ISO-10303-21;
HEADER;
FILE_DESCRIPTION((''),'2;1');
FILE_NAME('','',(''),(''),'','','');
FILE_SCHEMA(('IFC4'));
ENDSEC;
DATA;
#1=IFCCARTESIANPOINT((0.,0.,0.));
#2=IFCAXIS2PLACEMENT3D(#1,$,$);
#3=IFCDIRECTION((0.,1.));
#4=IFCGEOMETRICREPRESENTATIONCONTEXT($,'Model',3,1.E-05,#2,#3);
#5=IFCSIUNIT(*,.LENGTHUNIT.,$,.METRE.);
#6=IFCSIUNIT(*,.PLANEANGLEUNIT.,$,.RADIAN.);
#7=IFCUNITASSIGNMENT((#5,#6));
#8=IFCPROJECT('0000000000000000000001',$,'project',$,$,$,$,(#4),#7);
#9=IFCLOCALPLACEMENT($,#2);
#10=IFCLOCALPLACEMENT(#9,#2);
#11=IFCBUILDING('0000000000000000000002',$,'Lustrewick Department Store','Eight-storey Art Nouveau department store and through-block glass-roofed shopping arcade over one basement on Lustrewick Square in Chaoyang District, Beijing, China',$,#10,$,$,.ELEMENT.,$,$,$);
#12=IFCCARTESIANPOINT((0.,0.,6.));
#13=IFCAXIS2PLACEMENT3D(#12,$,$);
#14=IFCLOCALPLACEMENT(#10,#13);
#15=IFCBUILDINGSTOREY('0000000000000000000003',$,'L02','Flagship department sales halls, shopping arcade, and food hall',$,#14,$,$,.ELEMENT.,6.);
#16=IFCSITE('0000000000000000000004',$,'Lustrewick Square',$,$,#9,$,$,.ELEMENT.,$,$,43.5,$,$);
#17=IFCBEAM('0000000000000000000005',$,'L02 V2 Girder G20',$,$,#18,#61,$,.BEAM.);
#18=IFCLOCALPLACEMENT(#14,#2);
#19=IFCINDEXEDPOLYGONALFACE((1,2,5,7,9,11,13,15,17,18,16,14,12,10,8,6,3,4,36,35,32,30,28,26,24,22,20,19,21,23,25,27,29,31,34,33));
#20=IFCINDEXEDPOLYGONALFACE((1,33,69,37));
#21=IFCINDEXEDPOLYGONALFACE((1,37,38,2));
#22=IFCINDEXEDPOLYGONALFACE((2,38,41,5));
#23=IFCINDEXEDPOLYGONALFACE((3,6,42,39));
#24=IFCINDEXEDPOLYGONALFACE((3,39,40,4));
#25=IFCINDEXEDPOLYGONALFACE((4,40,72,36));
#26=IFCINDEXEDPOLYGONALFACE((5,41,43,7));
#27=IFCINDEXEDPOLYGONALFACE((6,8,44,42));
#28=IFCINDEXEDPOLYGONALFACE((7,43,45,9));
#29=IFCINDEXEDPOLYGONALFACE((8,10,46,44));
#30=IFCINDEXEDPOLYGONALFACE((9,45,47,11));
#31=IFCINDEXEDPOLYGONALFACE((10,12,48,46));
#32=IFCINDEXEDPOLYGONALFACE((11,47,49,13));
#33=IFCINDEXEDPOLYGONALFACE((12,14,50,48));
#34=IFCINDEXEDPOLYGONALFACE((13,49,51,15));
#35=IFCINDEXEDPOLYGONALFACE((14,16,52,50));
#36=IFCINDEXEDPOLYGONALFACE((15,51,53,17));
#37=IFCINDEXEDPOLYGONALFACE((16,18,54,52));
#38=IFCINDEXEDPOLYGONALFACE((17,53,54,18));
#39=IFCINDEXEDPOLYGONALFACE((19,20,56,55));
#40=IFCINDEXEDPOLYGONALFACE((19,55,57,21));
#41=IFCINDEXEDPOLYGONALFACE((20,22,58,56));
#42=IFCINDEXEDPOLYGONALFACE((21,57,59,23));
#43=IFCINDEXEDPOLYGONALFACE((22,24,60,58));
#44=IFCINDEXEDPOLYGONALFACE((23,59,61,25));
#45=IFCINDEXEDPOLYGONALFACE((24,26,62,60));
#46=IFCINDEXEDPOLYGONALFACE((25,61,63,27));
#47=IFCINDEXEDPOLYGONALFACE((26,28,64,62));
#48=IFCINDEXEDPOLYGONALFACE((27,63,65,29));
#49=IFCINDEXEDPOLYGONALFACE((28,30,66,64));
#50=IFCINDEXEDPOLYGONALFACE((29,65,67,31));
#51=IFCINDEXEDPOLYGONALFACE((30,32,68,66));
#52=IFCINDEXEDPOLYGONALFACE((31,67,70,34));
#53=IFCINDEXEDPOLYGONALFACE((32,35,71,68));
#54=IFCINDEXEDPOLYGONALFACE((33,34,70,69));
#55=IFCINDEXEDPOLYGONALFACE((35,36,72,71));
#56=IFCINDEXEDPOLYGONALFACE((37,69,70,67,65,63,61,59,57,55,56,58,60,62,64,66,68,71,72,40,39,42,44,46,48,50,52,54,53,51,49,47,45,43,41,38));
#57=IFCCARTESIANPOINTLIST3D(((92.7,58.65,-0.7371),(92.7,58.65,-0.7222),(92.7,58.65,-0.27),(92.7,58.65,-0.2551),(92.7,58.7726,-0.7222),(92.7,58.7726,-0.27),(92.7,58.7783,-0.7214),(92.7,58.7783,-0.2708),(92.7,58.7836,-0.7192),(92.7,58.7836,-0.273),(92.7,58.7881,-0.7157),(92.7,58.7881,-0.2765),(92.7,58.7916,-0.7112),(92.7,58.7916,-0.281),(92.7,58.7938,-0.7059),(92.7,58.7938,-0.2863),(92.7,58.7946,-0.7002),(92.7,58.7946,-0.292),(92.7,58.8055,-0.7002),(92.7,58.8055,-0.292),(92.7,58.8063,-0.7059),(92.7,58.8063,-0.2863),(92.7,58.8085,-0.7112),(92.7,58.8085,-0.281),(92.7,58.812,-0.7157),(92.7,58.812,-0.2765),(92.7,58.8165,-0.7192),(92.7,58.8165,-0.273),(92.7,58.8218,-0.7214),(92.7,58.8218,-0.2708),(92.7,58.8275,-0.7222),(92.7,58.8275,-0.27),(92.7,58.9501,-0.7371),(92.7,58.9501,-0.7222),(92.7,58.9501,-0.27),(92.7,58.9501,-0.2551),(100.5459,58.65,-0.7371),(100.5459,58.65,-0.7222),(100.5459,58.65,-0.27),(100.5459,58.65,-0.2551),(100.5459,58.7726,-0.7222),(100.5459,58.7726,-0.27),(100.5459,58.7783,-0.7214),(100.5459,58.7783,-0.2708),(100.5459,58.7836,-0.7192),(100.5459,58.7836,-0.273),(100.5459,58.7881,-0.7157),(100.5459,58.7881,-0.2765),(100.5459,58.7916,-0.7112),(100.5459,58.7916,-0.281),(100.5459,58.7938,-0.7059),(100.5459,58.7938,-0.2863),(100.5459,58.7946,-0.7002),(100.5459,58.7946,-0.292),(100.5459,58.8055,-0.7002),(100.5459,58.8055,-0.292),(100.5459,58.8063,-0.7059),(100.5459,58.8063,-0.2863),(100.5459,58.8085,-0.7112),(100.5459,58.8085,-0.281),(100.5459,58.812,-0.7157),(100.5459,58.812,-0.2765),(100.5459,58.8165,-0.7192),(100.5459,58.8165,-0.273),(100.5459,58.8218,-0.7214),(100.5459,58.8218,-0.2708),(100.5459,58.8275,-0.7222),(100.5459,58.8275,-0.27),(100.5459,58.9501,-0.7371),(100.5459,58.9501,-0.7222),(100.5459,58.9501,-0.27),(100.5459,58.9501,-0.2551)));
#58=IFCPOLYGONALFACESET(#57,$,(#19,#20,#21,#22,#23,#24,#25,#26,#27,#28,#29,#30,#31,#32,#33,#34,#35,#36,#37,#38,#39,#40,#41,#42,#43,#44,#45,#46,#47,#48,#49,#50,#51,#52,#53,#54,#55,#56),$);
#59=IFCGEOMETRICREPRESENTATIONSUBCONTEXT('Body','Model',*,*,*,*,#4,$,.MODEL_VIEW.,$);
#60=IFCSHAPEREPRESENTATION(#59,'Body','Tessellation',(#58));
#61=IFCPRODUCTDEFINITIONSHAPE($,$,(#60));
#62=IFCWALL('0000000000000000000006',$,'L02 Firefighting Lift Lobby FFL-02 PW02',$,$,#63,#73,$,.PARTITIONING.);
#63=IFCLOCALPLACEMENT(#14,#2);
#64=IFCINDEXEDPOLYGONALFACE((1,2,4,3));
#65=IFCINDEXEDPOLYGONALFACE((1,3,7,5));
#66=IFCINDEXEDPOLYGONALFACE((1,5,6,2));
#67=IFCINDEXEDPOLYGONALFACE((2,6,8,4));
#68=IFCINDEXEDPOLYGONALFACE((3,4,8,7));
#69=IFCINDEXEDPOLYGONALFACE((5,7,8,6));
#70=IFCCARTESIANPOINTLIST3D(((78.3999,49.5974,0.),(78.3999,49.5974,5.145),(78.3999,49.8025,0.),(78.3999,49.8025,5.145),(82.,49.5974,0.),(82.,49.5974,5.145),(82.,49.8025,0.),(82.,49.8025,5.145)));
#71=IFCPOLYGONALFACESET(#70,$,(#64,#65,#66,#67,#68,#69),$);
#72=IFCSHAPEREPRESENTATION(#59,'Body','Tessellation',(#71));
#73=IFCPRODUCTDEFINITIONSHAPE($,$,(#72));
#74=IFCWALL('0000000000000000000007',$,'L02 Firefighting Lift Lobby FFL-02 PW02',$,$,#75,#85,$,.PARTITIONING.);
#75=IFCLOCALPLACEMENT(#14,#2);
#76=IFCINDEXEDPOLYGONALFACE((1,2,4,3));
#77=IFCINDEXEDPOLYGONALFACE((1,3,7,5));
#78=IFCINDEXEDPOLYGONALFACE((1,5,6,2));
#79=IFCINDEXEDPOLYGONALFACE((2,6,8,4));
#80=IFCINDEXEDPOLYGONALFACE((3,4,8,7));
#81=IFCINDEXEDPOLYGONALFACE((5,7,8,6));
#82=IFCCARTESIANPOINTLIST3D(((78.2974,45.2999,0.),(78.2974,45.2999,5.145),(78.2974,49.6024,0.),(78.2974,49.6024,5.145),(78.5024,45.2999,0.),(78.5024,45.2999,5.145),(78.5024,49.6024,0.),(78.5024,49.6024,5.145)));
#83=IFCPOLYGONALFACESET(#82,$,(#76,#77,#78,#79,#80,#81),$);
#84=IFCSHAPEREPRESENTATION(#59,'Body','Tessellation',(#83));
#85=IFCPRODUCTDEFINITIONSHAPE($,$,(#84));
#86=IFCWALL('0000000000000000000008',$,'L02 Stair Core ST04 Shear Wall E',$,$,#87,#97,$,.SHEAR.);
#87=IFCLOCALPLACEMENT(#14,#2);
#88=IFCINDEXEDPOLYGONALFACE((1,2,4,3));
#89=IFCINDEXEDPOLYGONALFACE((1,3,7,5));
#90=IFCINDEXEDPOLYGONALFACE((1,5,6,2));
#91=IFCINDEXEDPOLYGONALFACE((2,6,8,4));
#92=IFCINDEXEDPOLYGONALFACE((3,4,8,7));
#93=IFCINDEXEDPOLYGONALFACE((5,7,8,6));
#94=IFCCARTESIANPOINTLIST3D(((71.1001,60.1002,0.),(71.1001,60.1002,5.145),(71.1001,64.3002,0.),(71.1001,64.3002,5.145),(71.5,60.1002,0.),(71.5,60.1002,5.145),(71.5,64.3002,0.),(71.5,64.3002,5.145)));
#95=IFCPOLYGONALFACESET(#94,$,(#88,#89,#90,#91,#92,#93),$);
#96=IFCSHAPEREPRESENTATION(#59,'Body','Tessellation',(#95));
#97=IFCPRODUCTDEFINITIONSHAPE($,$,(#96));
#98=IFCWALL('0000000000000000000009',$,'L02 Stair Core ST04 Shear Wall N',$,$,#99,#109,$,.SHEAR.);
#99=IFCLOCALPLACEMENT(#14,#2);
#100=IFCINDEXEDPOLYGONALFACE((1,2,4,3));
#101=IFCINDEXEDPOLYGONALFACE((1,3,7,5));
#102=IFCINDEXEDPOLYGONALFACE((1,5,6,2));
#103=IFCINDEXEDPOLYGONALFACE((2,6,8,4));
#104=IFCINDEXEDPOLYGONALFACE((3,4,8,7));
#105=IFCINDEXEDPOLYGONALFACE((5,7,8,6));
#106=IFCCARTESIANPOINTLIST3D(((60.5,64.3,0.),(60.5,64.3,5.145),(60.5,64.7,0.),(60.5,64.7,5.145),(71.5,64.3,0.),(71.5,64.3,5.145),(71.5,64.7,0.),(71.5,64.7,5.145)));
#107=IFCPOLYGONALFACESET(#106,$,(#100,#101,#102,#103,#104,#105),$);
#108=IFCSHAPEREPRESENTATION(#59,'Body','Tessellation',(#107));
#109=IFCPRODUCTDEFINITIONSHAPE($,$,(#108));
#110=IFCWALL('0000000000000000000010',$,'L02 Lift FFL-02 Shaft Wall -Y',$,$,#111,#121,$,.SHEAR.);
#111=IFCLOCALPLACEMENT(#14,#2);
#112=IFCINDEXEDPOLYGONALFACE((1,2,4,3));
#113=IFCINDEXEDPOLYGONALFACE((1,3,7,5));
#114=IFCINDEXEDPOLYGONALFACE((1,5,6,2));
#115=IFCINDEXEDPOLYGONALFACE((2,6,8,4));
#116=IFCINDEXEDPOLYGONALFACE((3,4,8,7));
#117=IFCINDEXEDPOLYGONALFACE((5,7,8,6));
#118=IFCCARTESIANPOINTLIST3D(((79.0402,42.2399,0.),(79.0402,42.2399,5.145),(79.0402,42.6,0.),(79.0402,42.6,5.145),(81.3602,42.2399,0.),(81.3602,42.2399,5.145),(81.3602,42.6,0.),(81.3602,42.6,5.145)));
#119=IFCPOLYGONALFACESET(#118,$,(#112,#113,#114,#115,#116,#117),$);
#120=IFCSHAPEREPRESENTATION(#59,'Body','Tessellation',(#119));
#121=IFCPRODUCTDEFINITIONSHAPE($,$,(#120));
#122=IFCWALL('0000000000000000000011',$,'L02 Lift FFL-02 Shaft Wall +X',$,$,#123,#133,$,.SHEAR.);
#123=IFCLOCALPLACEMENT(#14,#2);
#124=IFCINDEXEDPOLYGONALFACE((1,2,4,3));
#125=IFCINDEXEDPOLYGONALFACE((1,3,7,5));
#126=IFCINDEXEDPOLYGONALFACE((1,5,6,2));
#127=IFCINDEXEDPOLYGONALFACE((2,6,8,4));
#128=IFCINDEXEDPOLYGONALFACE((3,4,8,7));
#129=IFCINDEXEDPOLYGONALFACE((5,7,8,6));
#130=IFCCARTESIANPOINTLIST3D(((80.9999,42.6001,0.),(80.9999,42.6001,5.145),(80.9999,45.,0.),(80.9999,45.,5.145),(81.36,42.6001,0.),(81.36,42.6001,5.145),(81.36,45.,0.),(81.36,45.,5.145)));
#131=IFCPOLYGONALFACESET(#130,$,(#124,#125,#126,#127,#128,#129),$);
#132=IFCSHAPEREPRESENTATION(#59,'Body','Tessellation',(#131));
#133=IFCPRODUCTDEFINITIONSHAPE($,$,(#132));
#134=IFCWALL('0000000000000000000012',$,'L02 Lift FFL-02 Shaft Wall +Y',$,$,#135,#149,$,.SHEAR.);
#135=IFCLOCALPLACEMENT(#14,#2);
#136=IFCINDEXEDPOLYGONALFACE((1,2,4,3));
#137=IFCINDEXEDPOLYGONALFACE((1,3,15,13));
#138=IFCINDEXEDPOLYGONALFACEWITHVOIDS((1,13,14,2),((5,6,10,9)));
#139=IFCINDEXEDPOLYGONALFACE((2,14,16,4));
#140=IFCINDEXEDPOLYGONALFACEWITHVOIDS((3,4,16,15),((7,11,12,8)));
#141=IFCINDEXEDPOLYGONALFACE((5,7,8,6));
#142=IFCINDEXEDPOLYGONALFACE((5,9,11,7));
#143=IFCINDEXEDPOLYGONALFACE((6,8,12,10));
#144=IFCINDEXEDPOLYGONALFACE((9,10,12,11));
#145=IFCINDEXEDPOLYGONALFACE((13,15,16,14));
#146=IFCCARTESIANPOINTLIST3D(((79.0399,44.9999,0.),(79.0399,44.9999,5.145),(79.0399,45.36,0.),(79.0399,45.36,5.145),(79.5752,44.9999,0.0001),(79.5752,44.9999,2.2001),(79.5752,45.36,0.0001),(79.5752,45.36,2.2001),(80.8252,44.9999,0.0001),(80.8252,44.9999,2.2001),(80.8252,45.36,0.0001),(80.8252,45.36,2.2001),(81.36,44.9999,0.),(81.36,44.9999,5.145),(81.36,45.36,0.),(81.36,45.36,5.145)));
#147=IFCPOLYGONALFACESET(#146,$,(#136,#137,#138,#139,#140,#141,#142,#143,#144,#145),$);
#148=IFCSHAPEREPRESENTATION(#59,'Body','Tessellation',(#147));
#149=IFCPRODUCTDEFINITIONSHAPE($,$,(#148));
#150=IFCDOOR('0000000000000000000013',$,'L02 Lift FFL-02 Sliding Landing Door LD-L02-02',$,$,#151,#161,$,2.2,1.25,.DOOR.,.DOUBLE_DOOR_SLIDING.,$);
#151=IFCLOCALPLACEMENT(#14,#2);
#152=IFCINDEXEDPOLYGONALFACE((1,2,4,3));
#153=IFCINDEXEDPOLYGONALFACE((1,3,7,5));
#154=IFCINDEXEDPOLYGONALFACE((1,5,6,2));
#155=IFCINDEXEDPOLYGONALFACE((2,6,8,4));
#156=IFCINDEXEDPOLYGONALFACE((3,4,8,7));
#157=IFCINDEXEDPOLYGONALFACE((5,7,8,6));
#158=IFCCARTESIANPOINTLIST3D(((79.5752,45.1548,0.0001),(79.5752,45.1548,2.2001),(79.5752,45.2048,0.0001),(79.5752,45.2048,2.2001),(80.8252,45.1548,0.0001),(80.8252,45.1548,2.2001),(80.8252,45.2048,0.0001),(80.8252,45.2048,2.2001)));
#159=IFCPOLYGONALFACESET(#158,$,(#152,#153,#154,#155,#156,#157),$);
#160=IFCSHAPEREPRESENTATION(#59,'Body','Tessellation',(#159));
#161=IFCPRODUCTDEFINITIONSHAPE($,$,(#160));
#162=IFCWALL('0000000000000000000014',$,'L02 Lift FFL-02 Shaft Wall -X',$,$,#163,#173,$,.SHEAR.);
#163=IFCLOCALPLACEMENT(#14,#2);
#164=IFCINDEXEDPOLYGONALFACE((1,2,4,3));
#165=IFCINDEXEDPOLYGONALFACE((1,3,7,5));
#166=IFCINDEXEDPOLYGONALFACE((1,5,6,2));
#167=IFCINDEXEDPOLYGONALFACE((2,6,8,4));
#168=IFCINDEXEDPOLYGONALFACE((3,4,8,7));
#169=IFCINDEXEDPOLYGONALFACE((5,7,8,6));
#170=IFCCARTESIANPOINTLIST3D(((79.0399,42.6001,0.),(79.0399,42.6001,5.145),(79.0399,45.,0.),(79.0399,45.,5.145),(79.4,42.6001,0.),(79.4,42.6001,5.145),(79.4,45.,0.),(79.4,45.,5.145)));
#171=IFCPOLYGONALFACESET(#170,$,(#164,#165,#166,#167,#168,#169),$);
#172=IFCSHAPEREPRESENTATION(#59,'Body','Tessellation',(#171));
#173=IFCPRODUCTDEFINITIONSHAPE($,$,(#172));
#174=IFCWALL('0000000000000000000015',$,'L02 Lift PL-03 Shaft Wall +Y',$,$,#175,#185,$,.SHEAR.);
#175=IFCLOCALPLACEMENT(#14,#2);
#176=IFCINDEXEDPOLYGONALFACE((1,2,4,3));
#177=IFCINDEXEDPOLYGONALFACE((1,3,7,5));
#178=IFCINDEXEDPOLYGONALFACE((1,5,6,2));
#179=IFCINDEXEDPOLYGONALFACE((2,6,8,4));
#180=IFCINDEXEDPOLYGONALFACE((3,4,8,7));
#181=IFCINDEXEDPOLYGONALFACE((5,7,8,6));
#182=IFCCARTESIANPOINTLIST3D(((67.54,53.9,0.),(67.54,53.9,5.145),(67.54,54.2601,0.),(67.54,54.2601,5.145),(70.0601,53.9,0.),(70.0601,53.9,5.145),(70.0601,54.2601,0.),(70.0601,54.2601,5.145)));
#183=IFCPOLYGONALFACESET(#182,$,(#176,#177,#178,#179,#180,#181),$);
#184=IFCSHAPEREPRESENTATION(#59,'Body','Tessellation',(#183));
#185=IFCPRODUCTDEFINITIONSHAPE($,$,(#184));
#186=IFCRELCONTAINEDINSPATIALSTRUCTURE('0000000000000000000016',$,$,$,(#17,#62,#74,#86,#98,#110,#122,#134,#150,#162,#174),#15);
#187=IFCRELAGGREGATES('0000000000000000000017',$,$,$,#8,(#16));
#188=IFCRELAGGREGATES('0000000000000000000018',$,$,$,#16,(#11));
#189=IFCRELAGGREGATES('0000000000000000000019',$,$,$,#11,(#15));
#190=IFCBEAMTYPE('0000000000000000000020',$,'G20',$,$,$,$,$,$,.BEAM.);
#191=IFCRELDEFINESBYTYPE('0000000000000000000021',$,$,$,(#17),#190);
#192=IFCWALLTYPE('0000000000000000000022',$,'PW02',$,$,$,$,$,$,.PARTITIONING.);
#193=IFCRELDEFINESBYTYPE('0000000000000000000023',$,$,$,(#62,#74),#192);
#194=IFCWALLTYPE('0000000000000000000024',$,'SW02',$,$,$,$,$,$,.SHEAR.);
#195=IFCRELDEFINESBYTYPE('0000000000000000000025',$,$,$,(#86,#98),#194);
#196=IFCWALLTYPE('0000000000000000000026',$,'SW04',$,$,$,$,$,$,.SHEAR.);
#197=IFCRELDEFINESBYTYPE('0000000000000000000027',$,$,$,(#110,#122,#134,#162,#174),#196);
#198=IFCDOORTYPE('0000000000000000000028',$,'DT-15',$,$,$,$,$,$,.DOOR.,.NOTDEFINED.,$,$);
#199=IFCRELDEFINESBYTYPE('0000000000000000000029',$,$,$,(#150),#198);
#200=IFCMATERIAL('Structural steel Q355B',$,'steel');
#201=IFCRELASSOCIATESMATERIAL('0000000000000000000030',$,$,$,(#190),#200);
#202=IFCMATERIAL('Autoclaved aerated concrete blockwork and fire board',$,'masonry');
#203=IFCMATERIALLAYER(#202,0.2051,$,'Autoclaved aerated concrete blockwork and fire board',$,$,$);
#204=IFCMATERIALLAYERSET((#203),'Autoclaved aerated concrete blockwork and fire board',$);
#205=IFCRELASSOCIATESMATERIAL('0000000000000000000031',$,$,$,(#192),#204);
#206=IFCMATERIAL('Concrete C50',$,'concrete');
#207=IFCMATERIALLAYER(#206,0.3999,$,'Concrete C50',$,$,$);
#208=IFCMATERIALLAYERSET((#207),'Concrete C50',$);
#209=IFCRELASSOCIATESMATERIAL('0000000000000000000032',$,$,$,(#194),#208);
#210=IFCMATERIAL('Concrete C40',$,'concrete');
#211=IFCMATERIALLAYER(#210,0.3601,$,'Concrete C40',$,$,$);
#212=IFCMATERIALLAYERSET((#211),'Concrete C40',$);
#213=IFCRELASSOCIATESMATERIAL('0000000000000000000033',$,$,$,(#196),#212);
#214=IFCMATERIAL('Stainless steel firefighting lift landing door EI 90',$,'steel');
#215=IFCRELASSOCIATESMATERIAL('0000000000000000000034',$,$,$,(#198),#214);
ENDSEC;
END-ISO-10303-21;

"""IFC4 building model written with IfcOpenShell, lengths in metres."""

from ifc_helpers import new_model, si_unit, direction, frame, frame_2d, origin, origin_2d, place, context, subcontext, project, spatial, rectangle, i_section, extrude, material, layer, layer_set, material_profile, profile_set, type_object, element, fill, save


model = new_model("IFC4")

# Units and contexts
model_context = context("Model", 3, precision=1e-05, world=origin(), true_north=direction((0.0, 1.0)))
body_context = subcontext(model_context, "Body", "Model", "MODEL_VIEW")
ifc_project = project(units=[si_unit("LENGTHUNIT", "METRE"), si_unit("PLANEANGLEUNIT", "RADIAN")], contexts=[model_context])

# Site, building, storey
site_placement = place(None, origin())
site = spatial("IfcSite", under=ifc_project, at=site_placement, Name="Lustrewick Square", CompositionType="ELEMENT", RefElevation=43.5)
building_placement = place(site_placement, origin())
building = spatial("IfcBuilding", under=site, at=building_placement, Name="Lustrewick Department Store", Description="Eight-storey Art Nouveau department store and through-block glass-roofed shopping arcade over one basement on Lustrewick Square in Chaoyang District, Beijing, China", CompositionType="ELEMENT")
storey_placement = place(building_placement, frame((0.0, 0.0, 6.0)))
storey = spatial("IfcBuildingStorey", under=building, at=storey_placement, Name="L02", Description="Flagship department sales halls, shopping arcade, and food hall", CompositionType="ELEMENT", Elevation=6.0)

# Shared definitions
ifc_material_1 = material(Name="Concrete C40", Category="concrete")

# Beam
ifc_material_2 = material(Name="Structural steel Q355B", Category="steel")
ifc_material_profile_1 = material_profile(ifc_material_2, i_section(OverallWidth=0.3, OverallDepth=0.4819, WebThickness=0.011, FlangeThickness=0.0149, FilletRadius=0.022, at=origin_2d()), Name="HM 482x300x11x15")
ifc_profile_set_1 = profile_set([ifc_material_profile_1], Name="Structural steel Q355B")
beam_type_1 = type_object("IfcBeamType", Name="G20", PredefinedType="BEAM", material=ifc_profile_set_1)
beam_1_placement = place(storey_placement, frame((92.7, 58.8, -0.4961), z_axis=(1.0, 0.0, 0.0), x_axis=(0.0, 1.0, 0.0)))
element("IfcBeam", 1, at=beam_1_placement, inside=storey, type_object=beam_type_1, Name="L02 V2 Girder G20", PredefinedType="BEAM", context=body_context, shape_type="SweptSolid", body=[
    extrude(i_section(OverallWidth=0.3, OverallDepth=0.4819, WebThickness=0.011, FlangeThickness=0.0149, FilletRadius=0.022, at=origin_2d()), origin(), (0.0, 0.0, 1.0), 7.8459),
])

# Wall
ifc_material_3 = material(Name="Autoclaved aerated concrete blockwork and fire board", Category="masonry")
ifc_layer_1 = layer(ifc_material_3, 0.2051, Name="Autoclaved aerated concrete blockwork and fire board")
ifc_layer_set_1 = layer_set([ifc_layer_1], Name="Autoclaved aerated concrete blockwork and fire board")
wall_type_1 = type_object("IfcWallType", Name="PW02", PredefinedType="PARTITIONING", material=ifc_layer_set_1)
wall_1_placement = place(storey_placement, frame((82.0, 49.7, 0.0), z_axis=(0.0, 0.0, 1.0), x_axis=(-1.0, 0.0, 0.0)))
element("IfcWall", 2, at=wall_1_placement, inside=storey, type_object=wall_type_1, Name="L02 Firefighting Lift Lobby FFL-02 PW02", PredefinedType="PARTITIONING", context=body_context, shape_type="SweptSolid", body=[
    extrude(rectangle(XDim=3.6001, YDim=0.2051, at=frame_2d((1.8, 0.0))), origin(), (0.0, 0.0, 1.0), 5.145),
])

# Walls
wall_2_placement = place(storey_placement, frame((78.3999, 49.6025, 0.0), z_axis=(0.0, 0.0, 1.0), x_axis=(0.0, -1.0, 0.0)))
element("IfcWall", 3, at=wall_2_placement, inside=storey, type_object=wall_type_1, Name="L02 Firefighting Lift Lobby FFL-02 PW02", PredefinedType="PARTITIONING", context=body_context, shape_type="SweptSolid", body=[
    extrude(rectangle(XDim=4.3025, YDim=0.2051, at=frame_2d((2.1514, 0.0))), origin(), (0.0, 0.0, 1.0), 5.145),
])
ifc_material_4 = material(Name="Concrete C50", Category="concrete")
ifc_layer_2 = layer(ifc_material_4, 0.3999, Name="Concrete C50")
ifc_layer_set_2 = layer_set([ifc_layer_2], Name="Concrete C50")
wall_type_2 = type_object("IfcWallType", Name="SW02", PredefinedType="SHEAR", material=ifc_layer_set_2)
wall_3_placement = place(storey_placement, frame((71.3, 60.1001, 0.0), z_axis=(0.0, 0.0, 1.0), x_axis=(0.0, 1.0, 0.0)))
element("IfcWall", 4, at=wall_3_placement, inside=storey, type_object=wall_type_2, Name="L02 Stair Core ST04 Shear Wall E", PredefinedType="SHEAR", context=body_context, shape_type="SweptSolid", body=[
    extrude(rectangle(XDim=4.2, YDim=0.3999, at=frame_2d((2.1001, 0.0))), origin(), (0.0, 0.0, 1.0), 5.145),
])
wall_4_placement = place(storey_placement, frame((71.5, 64.5, 0.0), z_axis=(0.0, 0.0, 1.0), x_axis=(-1.0, 0.0, 0.0)))
element("IfcWall", 5, at=wall_4_placement, inside=storey, type_object=wall_type_2, Name="L02 Stair Core ST04 Shear Wall N", PredefinedType="SHEAR", context=body_context, shape_type="SweptSolid", body=[
    extrude(rectangle(XDim=11.0, YDim=0.3999, at=frame_2d((5.5, 0.0))), origin(), (0.0, 0.0, 1.0), 5.145),
])
ifc_layer_3 = layer(ifc_material_1, 0.3601, Name="Concrete C40")
ifc_layer_set_3 = layer_set([ifc_layer_3], Name="Concrete C40")
wall_type_3 = type_object("IfcWallType", Name="SW04", PredefinedType="SHEAR", material=ifc_layer_set_3)
wall_5_placement = place(storey_placement, frame((79.04, 42.4199, 0.0), z_axis=(0.0, 0.0, 1.0), x_axis=(1.0, 0.0, 0.0)))
element("IfcWall", 6, at=wall_5_placement, inside=storey, type_object=wall_type_3, Name="L02 Lift FFL-02 Shaft Wall -Y", PredefinedType="SHEAR", context=body_context, shape_type="SweptSolid", body=[
    extrude(rectangle(XDim=2.3201, YDim=0.3601, at=frame_2d((1.1602, 0.0))), origin(), (0.0, 0.0, 1.0), 5.145),
])
wall_6_placement = place(storey_placement, frame((81.1799, 42.6001, 0.0), z_axis=(0.0, 0.0, 1.0), x_axis=(0.0, 1.0, 0.0)))
element("IfcWall", 7, at=wall_6_placement, inside=storey, type_object=wall_type_3, Name="L02 Lift FFL-02 Shaft Wall +X", PredefinedType="SHEAR", context=body_context, shape_type="SweptSolid", body=[
    extrude(rectangle(XDim=2.3999, YDim=0.3601, at=frame_2d((1.2, 0.0))), origin(), (0.0, 0.0, 1.0), 5.145),
])

# Wall, opening, door
wall_7_placement = place(storey_placement, frame((81.3601, 45.1799, 0.0), z_axis=(0.0, 0.0, 1.0), x_axis=(-1.0, 0.0, 0.0)))
wall_7 = element("IfcWall", 8, at=wall_7_placement, inside=storey, type_object=wall_type_3, Name="L02 Lift FFL-02 Shaft Wall +Y", PredefinedType="SHEAR", context=body_context, shape_type="SweptSolid", body=[
    extrude(rectangle(XDim=2.3201, YDim=0.3601, at=frame_2d((1.1602, 0.0))), origin(), (0.0, 0.0, 1.0), 5.145),
])
opening_1_placement = place(wall_7_placement, frame((0.5349, 0.0, 0.0)))
opening_1 = element("IfcOpeningElement", 9, at=opening_1_placement, cuts=wall_7, PredefinedType="OPENING", context=body_context, shape_type="SweptSolid", body=[
    extrude(rectangle(XDim=1.25, YDim=2.2, at=frame_2d((0.625, 1.1001))), frame((0.0, 0.1899, 0.0), z_axis=(0.0, -1.0, 0.0), x_axis=(1.0, 0.0, 0.0)), (0.0, 0.0, 1.0), 0.3801),
])
ifc_material_5 = material(Name="Stainless steel firefighting lift landing door EI 90", Category="steel")
door_type_1 = type_object("IfcDoorType", Name="DT-15", OperationType="NOTDEFINED", PredefinedType="DOOR", material=ifc_material_5)
door_1_placement = place(opening_1_placement, frame((1.25, 0.0, 0.0), z_axis=(0.0, 0.0, 1.0), x_axis=(-1.0, 0.0, 0.0)))
door_1 = element("IfcDoor", 10, at=door_1_placement, inside=storey, type_object=door_type_1, Name="L02 Lift FFL-02 Sliding Landing Door LD-L02-02", OperationType="DOUBLE_DOOR_SLIDING", OverallHeight=2.2, OverallWidth=1.25, PredefinedType="DOOR", context=body_context, shape_type="SweptSolid", body=[
    extrude(rectangle(XDim=1.25, YDim=2.2, at=frame_2d((0.625, 1.1001))), frame((0.0, 0.0249, 0.0), z_axis=(0.0, -1.0, 0.0), x_axis=(1.0, 0.0, 0.0)), (0.0, 0.0, 1.0), 0.05),
])
fill(opening_1, door_1)

# Walls
wall_8_placement = place(storey_placement, frame((79.22, 45.0, 0.0), z_axis=(0.0, 0.0, 1.0), x_axis=(0.0, -1.0, 0.0)))
element("IfcWall", 11, at=wall_8_placement, inside=storey, type_object=wall_type_3, Name="L02 Lift FFL-02 Shaft Wall -X", PredefinedType="SHEAR", context=body_context, shape_type="SweptSolid", body=[
    extrude(rectangle(XDim=2.3999, YDim=0.3601, at=frame_2d((1.2, 0.0))), origin(), (0.0, 0.0, 1.0), 5.145),
])
for number, where, z_axis, x_axis, name in (
    (12, (70.0601, 54.0801, 0.0), (0.0, 0.0, 1.0), (-1.0, 0.0, 0.0), "L02 Lift PL-03 Shaft Wall +Y"),
):
    element("IfcWall", number, at=place(storey_placement, frame(where, z_axis=z_axis, x_axis=x_axis)), inside=storey, type_object=wall_type_3, Name=name, PredefinedType="SHEAR", context=body_context, shape_type="SweptSolid", body=[
        extrude(rectangle(XDim=2.52, YDim=0.3601, at=frame_2d((1.26, 0.0))), origin(), (0.0, 0.0, 1.0), 5.145),
    ])

save(model, "model.ifc")
